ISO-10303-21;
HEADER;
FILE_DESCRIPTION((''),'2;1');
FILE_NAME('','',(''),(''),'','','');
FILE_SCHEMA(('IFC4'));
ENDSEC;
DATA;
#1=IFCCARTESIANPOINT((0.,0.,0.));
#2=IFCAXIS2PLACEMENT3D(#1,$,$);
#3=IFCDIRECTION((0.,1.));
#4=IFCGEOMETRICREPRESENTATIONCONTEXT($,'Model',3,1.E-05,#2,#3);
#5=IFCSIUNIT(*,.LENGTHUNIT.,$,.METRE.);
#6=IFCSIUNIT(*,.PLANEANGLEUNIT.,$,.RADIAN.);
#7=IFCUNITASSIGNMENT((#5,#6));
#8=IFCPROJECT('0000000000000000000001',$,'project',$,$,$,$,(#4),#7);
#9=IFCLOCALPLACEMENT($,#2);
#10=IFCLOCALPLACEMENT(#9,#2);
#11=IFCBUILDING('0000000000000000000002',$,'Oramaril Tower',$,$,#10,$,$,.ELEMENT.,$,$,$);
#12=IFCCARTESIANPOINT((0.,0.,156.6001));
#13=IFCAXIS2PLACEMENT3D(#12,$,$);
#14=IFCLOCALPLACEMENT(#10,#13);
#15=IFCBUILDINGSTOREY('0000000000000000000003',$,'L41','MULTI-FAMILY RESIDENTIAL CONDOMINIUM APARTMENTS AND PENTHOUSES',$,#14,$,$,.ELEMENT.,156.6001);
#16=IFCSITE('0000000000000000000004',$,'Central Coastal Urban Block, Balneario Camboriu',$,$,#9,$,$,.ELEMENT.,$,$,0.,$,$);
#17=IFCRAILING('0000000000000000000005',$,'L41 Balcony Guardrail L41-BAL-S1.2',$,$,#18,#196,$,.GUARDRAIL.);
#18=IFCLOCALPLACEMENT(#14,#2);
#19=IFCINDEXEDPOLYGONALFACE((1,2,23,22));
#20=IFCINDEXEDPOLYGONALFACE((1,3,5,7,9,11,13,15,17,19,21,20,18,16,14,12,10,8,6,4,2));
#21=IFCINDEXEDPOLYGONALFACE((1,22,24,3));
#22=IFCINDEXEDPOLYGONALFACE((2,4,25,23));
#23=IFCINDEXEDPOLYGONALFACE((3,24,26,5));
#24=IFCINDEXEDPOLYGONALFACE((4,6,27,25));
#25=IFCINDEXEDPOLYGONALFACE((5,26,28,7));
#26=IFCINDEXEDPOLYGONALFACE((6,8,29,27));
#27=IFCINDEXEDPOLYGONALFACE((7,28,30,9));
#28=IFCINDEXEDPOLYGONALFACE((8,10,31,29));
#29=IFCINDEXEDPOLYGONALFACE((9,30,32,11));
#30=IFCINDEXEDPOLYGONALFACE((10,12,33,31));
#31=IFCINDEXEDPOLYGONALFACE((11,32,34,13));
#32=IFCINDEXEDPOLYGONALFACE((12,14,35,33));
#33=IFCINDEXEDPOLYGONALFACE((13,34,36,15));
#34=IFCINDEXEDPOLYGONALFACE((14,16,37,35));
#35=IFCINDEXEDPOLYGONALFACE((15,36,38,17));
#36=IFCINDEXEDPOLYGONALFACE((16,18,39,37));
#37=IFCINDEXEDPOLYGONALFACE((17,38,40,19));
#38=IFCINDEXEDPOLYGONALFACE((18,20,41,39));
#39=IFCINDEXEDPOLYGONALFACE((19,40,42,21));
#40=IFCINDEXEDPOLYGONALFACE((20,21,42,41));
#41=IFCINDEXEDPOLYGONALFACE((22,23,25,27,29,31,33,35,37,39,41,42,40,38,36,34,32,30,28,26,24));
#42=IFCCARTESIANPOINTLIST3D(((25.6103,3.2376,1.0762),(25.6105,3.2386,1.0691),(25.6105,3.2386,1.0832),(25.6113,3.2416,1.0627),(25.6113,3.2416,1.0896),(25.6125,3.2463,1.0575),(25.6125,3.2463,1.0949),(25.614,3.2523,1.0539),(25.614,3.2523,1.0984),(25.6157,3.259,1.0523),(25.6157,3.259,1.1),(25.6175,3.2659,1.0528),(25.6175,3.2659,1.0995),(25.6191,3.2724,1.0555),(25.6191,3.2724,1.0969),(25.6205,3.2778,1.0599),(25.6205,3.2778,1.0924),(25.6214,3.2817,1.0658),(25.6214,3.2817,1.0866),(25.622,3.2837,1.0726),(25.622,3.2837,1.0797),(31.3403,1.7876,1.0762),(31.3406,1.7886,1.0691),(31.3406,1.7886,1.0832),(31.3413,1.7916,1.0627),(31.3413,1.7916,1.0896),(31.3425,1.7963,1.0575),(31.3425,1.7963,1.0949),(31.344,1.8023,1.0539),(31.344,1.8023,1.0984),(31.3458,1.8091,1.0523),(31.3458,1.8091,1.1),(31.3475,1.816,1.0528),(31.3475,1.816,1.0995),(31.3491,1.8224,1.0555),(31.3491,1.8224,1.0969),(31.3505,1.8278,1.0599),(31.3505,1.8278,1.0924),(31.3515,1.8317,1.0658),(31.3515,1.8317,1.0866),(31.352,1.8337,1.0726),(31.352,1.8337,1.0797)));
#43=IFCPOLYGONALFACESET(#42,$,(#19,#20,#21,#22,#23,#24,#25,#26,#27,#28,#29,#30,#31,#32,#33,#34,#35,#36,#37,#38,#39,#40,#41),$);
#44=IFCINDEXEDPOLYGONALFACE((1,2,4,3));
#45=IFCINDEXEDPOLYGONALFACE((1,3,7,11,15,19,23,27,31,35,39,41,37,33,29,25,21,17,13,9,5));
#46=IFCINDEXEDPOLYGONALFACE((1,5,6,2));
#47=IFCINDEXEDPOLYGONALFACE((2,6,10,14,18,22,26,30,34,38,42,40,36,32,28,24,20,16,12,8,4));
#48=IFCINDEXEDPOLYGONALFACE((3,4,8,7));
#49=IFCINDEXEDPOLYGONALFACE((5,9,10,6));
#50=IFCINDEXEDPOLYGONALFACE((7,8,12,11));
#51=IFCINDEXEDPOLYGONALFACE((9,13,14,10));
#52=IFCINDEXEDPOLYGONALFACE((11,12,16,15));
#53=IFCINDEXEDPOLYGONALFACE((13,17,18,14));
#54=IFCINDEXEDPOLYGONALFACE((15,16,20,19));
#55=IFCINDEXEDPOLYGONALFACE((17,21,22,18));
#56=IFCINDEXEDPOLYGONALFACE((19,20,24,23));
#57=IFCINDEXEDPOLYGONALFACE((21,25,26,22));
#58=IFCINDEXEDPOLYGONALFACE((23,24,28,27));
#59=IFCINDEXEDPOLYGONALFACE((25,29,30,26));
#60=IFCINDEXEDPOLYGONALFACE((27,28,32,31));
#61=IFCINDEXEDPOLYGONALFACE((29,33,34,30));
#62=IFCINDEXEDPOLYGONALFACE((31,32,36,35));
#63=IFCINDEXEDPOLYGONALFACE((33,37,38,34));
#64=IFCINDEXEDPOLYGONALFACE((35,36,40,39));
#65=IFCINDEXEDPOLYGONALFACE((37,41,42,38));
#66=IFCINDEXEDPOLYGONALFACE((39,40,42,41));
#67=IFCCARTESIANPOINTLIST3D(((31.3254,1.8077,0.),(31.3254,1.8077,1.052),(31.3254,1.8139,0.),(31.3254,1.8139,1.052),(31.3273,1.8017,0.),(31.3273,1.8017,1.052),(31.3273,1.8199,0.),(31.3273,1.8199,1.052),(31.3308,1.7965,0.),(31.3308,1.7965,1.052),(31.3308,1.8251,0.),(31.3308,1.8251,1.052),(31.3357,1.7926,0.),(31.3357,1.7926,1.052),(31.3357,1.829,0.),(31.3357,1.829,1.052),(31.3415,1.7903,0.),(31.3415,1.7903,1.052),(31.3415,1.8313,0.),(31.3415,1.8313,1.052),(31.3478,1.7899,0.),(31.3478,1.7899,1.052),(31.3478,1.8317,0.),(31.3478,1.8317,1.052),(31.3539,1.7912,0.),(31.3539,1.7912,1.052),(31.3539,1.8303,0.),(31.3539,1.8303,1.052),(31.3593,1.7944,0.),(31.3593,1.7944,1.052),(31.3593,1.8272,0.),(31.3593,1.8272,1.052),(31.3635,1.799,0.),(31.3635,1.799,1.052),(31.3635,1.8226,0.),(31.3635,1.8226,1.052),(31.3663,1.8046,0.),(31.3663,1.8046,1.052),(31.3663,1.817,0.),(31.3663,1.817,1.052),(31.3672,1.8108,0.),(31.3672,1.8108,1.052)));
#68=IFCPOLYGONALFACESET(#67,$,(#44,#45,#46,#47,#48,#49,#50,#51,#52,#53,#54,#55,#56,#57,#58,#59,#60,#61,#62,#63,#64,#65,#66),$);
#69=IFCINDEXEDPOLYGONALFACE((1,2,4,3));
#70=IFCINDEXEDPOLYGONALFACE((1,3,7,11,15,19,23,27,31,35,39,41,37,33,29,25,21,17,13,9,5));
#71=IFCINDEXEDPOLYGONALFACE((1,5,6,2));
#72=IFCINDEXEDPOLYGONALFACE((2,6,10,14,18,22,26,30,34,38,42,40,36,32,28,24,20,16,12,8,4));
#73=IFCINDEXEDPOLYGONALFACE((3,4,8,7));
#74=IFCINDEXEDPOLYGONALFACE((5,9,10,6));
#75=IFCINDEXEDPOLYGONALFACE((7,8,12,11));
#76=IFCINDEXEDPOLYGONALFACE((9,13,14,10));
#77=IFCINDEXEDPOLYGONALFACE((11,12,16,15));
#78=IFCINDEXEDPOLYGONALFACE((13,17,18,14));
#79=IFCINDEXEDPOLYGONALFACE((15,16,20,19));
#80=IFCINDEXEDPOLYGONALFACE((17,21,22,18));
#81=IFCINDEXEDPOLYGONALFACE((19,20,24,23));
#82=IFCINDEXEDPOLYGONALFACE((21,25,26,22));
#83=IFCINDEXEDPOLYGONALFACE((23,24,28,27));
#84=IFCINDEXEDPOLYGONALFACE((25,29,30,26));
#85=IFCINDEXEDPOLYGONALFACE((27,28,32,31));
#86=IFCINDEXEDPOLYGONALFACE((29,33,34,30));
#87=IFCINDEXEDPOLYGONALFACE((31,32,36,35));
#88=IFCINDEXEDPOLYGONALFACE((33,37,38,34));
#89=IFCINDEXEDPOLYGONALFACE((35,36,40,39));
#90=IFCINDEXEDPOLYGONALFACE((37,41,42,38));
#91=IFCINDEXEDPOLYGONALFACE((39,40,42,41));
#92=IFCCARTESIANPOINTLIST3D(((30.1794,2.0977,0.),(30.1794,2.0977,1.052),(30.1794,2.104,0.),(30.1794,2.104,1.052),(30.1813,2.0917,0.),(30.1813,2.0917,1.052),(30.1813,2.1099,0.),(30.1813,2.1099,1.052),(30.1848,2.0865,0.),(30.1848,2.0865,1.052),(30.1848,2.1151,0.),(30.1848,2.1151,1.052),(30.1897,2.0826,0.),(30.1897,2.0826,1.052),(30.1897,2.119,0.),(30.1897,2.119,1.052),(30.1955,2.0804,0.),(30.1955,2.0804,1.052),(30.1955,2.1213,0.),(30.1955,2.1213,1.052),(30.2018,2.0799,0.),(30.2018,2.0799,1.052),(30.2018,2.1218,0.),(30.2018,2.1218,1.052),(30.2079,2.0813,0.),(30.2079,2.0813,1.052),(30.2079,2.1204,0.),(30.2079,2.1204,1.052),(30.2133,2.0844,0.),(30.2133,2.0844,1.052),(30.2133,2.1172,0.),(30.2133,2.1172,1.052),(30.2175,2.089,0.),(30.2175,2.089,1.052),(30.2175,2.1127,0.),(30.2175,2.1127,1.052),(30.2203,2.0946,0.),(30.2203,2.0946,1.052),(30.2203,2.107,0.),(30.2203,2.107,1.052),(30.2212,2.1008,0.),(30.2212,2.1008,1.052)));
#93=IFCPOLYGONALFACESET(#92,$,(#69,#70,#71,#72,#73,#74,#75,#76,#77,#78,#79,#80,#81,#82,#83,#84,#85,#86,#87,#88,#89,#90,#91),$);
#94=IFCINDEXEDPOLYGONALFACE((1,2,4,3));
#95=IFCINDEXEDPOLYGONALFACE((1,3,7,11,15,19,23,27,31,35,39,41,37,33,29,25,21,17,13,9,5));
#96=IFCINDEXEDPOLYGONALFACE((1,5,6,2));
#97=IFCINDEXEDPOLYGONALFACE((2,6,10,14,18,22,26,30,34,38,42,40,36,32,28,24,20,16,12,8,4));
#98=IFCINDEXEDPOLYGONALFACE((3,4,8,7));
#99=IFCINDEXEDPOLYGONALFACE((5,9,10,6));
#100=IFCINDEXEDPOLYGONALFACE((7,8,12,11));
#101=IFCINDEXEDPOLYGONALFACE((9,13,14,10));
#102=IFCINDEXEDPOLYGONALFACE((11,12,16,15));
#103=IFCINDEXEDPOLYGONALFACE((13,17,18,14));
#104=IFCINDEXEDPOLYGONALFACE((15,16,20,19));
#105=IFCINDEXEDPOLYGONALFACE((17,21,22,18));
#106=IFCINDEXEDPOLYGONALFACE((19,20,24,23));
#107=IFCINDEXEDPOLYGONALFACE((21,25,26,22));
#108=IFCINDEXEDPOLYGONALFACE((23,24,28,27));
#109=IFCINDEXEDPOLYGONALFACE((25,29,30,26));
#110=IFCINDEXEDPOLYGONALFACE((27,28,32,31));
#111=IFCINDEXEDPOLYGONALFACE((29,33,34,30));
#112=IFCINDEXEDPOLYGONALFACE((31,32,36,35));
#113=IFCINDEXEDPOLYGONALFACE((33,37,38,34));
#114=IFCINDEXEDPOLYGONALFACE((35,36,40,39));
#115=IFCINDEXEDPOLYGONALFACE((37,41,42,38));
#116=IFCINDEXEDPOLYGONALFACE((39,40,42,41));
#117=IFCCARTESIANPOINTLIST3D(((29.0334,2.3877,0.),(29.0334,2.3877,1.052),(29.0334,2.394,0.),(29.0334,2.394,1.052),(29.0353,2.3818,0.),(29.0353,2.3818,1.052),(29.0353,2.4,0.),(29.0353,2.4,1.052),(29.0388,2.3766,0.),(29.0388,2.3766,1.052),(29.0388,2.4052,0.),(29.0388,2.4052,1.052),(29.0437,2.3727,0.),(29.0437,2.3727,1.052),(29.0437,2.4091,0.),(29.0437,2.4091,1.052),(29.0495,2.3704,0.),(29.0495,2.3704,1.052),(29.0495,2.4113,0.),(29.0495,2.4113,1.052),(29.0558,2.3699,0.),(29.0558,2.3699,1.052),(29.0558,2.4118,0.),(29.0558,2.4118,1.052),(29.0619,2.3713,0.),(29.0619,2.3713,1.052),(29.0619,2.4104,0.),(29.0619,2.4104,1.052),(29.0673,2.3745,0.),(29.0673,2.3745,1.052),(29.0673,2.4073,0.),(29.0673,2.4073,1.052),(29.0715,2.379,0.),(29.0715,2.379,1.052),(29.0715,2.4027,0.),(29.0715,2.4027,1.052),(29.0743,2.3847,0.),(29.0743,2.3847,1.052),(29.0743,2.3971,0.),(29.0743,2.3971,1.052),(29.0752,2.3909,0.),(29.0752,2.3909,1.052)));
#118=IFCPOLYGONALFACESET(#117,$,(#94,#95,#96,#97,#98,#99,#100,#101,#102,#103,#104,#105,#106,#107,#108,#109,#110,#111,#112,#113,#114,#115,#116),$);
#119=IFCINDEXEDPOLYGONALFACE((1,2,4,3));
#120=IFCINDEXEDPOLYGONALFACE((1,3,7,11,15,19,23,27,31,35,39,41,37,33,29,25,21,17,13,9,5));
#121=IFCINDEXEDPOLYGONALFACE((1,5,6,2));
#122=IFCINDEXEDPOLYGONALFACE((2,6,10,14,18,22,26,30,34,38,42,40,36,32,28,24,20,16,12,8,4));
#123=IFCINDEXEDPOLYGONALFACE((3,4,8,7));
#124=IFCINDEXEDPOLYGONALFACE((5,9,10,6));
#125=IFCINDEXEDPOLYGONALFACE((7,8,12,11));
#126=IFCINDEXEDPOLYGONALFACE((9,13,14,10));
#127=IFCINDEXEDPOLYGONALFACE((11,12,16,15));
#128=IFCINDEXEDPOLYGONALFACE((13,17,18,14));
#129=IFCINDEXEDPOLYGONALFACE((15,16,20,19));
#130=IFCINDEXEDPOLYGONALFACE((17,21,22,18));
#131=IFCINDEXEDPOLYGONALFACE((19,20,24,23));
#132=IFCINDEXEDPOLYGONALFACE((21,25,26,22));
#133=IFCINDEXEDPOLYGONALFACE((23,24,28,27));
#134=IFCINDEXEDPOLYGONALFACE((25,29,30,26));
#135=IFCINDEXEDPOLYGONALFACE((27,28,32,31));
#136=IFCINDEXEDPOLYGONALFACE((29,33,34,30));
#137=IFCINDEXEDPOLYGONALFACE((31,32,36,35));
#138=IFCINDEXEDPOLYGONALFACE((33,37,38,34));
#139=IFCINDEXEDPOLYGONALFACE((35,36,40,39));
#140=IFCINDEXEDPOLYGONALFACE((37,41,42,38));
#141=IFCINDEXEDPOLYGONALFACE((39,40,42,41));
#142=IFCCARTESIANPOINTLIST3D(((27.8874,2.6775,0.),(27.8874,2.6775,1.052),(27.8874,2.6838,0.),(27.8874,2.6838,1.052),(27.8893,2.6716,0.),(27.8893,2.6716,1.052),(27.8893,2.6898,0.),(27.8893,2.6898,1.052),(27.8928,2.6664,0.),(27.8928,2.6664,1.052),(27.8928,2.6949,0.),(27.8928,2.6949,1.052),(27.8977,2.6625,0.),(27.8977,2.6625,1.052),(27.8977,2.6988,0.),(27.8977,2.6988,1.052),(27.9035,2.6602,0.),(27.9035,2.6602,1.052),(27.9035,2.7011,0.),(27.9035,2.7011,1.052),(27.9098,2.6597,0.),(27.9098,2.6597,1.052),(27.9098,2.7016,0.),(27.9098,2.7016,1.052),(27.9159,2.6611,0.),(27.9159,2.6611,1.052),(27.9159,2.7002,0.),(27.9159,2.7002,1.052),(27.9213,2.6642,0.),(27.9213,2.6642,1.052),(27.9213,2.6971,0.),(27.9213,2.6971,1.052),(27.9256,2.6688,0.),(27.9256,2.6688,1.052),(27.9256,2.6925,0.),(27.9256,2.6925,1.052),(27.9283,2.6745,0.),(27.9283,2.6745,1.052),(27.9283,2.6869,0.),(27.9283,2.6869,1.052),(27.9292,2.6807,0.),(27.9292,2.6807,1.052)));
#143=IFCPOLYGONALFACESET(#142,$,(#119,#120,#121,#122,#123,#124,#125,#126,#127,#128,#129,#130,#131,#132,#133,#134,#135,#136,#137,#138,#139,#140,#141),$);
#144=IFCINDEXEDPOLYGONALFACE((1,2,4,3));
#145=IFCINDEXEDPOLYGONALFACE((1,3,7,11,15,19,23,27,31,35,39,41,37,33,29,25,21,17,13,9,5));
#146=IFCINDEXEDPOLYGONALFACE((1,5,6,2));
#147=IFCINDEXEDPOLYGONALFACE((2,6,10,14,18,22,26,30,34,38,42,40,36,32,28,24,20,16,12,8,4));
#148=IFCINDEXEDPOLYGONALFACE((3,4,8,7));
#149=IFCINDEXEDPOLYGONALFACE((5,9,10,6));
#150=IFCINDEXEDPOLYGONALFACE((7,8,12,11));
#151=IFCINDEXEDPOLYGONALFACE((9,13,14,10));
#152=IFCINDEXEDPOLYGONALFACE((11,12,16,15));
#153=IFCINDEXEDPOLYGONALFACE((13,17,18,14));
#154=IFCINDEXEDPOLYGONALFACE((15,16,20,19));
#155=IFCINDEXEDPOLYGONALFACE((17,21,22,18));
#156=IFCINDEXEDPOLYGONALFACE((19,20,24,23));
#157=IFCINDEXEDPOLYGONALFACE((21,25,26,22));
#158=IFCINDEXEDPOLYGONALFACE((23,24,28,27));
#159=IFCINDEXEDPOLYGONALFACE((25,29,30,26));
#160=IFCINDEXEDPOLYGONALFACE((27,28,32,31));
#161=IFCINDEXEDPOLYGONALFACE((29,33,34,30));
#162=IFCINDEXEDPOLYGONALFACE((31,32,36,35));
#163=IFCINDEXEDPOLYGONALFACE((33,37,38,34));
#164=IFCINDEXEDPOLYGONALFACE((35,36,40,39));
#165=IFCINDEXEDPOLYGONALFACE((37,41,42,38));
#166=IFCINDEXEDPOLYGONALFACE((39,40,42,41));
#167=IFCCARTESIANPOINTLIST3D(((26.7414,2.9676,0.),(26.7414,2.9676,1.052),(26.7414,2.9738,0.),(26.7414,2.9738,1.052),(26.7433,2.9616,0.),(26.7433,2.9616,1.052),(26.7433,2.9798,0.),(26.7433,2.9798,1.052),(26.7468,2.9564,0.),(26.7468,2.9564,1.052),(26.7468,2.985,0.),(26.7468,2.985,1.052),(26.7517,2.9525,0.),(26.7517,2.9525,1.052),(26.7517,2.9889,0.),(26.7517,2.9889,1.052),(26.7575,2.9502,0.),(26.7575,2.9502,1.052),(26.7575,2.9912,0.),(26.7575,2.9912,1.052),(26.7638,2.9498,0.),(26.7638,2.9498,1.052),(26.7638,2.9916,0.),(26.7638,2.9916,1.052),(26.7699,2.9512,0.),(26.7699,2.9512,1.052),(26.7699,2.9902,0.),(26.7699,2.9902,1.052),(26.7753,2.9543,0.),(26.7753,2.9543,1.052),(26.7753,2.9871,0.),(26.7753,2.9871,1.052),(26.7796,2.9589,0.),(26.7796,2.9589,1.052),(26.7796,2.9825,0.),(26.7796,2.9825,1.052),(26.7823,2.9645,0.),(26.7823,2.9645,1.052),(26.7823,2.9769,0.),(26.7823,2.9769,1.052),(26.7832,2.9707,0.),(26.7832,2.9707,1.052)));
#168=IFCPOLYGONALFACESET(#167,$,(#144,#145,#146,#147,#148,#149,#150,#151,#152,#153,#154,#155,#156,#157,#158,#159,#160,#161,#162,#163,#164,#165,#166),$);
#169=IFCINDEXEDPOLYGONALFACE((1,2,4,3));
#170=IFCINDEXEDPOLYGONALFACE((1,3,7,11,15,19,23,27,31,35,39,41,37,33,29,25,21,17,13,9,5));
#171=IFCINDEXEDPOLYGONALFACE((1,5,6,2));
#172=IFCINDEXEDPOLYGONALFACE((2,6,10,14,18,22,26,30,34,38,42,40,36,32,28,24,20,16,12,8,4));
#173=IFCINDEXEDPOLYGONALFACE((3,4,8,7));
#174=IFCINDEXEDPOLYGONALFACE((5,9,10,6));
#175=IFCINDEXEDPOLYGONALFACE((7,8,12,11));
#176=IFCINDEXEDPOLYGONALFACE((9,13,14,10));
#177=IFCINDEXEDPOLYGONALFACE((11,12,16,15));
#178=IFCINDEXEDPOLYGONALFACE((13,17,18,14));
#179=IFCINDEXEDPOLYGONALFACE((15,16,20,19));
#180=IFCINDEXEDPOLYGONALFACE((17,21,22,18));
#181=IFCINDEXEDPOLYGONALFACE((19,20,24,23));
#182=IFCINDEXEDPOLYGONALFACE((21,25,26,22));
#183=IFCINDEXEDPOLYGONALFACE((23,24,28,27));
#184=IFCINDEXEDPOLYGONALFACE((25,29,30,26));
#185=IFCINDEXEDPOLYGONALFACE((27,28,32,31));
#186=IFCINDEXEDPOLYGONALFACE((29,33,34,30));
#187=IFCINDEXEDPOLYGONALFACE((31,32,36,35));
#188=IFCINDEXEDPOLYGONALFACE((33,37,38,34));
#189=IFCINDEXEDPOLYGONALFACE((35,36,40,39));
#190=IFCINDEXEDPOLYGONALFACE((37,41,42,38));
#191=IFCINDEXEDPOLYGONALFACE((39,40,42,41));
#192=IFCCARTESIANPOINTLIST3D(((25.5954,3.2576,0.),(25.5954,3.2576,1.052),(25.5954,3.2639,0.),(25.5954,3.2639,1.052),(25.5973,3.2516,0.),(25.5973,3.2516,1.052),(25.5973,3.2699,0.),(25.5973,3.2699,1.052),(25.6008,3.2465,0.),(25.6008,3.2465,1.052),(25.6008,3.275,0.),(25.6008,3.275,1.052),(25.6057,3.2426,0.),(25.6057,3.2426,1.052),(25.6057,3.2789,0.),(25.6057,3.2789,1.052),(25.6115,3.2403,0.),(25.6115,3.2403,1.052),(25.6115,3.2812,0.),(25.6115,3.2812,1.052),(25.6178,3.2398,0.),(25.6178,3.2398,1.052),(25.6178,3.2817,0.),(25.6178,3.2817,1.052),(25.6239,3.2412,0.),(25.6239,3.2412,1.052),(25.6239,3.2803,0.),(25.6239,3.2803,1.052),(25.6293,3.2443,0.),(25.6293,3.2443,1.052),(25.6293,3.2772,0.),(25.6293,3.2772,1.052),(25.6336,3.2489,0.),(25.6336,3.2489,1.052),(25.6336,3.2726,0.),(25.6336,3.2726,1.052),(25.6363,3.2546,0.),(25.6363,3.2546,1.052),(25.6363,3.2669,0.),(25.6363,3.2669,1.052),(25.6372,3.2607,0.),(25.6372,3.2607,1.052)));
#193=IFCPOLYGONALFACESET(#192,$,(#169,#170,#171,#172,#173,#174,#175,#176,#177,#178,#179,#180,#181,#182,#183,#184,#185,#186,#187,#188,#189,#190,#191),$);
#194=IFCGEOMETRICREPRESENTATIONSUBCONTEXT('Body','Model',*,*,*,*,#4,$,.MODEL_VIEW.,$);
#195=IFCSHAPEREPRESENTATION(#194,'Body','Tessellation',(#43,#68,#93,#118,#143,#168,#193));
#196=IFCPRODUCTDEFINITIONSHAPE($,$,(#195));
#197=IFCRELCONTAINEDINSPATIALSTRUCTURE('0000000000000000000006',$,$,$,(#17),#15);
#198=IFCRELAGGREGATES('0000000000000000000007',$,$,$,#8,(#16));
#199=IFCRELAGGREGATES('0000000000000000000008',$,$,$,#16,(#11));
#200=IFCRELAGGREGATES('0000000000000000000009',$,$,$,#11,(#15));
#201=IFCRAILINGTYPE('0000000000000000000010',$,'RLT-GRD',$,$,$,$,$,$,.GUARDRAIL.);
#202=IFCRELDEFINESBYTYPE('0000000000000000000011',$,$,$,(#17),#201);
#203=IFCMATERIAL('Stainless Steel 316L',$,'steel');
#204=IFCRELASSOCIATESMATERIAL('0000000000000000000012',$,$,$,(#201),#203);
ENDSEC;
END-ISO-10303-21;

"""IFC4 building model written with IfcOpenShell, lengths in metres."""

from ifc_helpers import new_model, si_unit, direction, frame, origin, origin_2d, place, context, subcontext, project, spatial, circle, extrude, material, type_object, element, save


model = new_model("IFC4")

# Units and contexts
model_context = context("Model", 3, precision=1e-05, world=origin(), true_north=direction((0.0, 1.0)))
body_context = subcontext(model_context, "Body", "Model", "MODEL_VIEW")
ifc_project = project(units=[si_unit("LENGTHUNIT", "METRE"), si_unit("PLANEANGLEUNIT", "RADIAN")], contexts=[model_context])

# Site, building, storey
site_placement = place(None, origin())
site = spatial("IfcSite", under=ifc_project, at=site_placement, Name="Central Coastal Urban Block, Balneario Camboriu", CompositionType="ELEMENT", RefElevation=0.0)
building_placement = place(site_placement, origin())
building = spatial("IfcBuilding", under=site, at=building_placement, Name="Oramaril Tower", CompositionType="ELEMENT")
storey_placement = place(building_placement, frame((0.0, 0.0, 156.6001)))
storey = spatial("IfcBuildingStorey", under=building, at=storey_placement, Name="L41", Description="MULTI-FAMILY RESIDENTIAL CONDOMINIUM APARTMENTS AND PENTHOUSES", CompositionType="ELEMENT", Elevation=156.6001)

# Railing
ifc_material_1 = material(Name="Stainless Steel 316L", Category="steel")
railing_type = type_object("IfcRailingType", Name="RLT-GRD", PredefinedType="GUARDRAIL", material=ifc_material_1)
railing_1_placement = place(storey_placement, frame((31.3462, 1.8108, 0.0)))
element("IfcRailing", 1, at=railing_1_placement, inside=storey, type_object=railing_type, Name="L41 Balcony Guardrail L41-BAL-S1.2", PredefinedType="GUARDRAIL", context=body_context, shape_type="SweptSolid", body=[
    extrude(circle(Radius=0.0239, at=origin_2d()), frame((0.0, 0.0, 1.0762), z_axis=(-0.969444, 0.245314, 0.0), x_axis=(-0.245314, -0.969444, 0.0)), (0.0, 0.0, 1.0), 5.9106),
    extrude(circle(Radius=0.021, at=origin_2d()), origin(), (0.0, 0.0, 1.0), 1.052),
    extrude(circle(Radius=0.021, at=origin_2d()), frame((-1.146, 0.29, 0.0)), (0.0, 0.0, 1.0), 1.052),
    extrude(circle(Radius=0.021, at=origin_2d()), frame((-2.292, 0.5801, 0.0)), (0.0, 0.0, 1.0), 1.052),
    extrude(circle(Radius=0.021, at=origin_2d()), frame((-3.438, 0.8699, 0.0)), (0.0, 0.0, 1.0), 1.052),
    extrude(circle(Radius=0.021, at=origin_2d()), frame((-4.584, 1.1599, 0.0)), (0.0, 0.0, 1.0), 1.052),
    extrude(circle(Radius=0.021, at=origin_2d()), frame((-5.73, 1.45, 0.0)), (0.0, 0.0, 1.0), 1.052),
])

save(model, "model.ifc")
